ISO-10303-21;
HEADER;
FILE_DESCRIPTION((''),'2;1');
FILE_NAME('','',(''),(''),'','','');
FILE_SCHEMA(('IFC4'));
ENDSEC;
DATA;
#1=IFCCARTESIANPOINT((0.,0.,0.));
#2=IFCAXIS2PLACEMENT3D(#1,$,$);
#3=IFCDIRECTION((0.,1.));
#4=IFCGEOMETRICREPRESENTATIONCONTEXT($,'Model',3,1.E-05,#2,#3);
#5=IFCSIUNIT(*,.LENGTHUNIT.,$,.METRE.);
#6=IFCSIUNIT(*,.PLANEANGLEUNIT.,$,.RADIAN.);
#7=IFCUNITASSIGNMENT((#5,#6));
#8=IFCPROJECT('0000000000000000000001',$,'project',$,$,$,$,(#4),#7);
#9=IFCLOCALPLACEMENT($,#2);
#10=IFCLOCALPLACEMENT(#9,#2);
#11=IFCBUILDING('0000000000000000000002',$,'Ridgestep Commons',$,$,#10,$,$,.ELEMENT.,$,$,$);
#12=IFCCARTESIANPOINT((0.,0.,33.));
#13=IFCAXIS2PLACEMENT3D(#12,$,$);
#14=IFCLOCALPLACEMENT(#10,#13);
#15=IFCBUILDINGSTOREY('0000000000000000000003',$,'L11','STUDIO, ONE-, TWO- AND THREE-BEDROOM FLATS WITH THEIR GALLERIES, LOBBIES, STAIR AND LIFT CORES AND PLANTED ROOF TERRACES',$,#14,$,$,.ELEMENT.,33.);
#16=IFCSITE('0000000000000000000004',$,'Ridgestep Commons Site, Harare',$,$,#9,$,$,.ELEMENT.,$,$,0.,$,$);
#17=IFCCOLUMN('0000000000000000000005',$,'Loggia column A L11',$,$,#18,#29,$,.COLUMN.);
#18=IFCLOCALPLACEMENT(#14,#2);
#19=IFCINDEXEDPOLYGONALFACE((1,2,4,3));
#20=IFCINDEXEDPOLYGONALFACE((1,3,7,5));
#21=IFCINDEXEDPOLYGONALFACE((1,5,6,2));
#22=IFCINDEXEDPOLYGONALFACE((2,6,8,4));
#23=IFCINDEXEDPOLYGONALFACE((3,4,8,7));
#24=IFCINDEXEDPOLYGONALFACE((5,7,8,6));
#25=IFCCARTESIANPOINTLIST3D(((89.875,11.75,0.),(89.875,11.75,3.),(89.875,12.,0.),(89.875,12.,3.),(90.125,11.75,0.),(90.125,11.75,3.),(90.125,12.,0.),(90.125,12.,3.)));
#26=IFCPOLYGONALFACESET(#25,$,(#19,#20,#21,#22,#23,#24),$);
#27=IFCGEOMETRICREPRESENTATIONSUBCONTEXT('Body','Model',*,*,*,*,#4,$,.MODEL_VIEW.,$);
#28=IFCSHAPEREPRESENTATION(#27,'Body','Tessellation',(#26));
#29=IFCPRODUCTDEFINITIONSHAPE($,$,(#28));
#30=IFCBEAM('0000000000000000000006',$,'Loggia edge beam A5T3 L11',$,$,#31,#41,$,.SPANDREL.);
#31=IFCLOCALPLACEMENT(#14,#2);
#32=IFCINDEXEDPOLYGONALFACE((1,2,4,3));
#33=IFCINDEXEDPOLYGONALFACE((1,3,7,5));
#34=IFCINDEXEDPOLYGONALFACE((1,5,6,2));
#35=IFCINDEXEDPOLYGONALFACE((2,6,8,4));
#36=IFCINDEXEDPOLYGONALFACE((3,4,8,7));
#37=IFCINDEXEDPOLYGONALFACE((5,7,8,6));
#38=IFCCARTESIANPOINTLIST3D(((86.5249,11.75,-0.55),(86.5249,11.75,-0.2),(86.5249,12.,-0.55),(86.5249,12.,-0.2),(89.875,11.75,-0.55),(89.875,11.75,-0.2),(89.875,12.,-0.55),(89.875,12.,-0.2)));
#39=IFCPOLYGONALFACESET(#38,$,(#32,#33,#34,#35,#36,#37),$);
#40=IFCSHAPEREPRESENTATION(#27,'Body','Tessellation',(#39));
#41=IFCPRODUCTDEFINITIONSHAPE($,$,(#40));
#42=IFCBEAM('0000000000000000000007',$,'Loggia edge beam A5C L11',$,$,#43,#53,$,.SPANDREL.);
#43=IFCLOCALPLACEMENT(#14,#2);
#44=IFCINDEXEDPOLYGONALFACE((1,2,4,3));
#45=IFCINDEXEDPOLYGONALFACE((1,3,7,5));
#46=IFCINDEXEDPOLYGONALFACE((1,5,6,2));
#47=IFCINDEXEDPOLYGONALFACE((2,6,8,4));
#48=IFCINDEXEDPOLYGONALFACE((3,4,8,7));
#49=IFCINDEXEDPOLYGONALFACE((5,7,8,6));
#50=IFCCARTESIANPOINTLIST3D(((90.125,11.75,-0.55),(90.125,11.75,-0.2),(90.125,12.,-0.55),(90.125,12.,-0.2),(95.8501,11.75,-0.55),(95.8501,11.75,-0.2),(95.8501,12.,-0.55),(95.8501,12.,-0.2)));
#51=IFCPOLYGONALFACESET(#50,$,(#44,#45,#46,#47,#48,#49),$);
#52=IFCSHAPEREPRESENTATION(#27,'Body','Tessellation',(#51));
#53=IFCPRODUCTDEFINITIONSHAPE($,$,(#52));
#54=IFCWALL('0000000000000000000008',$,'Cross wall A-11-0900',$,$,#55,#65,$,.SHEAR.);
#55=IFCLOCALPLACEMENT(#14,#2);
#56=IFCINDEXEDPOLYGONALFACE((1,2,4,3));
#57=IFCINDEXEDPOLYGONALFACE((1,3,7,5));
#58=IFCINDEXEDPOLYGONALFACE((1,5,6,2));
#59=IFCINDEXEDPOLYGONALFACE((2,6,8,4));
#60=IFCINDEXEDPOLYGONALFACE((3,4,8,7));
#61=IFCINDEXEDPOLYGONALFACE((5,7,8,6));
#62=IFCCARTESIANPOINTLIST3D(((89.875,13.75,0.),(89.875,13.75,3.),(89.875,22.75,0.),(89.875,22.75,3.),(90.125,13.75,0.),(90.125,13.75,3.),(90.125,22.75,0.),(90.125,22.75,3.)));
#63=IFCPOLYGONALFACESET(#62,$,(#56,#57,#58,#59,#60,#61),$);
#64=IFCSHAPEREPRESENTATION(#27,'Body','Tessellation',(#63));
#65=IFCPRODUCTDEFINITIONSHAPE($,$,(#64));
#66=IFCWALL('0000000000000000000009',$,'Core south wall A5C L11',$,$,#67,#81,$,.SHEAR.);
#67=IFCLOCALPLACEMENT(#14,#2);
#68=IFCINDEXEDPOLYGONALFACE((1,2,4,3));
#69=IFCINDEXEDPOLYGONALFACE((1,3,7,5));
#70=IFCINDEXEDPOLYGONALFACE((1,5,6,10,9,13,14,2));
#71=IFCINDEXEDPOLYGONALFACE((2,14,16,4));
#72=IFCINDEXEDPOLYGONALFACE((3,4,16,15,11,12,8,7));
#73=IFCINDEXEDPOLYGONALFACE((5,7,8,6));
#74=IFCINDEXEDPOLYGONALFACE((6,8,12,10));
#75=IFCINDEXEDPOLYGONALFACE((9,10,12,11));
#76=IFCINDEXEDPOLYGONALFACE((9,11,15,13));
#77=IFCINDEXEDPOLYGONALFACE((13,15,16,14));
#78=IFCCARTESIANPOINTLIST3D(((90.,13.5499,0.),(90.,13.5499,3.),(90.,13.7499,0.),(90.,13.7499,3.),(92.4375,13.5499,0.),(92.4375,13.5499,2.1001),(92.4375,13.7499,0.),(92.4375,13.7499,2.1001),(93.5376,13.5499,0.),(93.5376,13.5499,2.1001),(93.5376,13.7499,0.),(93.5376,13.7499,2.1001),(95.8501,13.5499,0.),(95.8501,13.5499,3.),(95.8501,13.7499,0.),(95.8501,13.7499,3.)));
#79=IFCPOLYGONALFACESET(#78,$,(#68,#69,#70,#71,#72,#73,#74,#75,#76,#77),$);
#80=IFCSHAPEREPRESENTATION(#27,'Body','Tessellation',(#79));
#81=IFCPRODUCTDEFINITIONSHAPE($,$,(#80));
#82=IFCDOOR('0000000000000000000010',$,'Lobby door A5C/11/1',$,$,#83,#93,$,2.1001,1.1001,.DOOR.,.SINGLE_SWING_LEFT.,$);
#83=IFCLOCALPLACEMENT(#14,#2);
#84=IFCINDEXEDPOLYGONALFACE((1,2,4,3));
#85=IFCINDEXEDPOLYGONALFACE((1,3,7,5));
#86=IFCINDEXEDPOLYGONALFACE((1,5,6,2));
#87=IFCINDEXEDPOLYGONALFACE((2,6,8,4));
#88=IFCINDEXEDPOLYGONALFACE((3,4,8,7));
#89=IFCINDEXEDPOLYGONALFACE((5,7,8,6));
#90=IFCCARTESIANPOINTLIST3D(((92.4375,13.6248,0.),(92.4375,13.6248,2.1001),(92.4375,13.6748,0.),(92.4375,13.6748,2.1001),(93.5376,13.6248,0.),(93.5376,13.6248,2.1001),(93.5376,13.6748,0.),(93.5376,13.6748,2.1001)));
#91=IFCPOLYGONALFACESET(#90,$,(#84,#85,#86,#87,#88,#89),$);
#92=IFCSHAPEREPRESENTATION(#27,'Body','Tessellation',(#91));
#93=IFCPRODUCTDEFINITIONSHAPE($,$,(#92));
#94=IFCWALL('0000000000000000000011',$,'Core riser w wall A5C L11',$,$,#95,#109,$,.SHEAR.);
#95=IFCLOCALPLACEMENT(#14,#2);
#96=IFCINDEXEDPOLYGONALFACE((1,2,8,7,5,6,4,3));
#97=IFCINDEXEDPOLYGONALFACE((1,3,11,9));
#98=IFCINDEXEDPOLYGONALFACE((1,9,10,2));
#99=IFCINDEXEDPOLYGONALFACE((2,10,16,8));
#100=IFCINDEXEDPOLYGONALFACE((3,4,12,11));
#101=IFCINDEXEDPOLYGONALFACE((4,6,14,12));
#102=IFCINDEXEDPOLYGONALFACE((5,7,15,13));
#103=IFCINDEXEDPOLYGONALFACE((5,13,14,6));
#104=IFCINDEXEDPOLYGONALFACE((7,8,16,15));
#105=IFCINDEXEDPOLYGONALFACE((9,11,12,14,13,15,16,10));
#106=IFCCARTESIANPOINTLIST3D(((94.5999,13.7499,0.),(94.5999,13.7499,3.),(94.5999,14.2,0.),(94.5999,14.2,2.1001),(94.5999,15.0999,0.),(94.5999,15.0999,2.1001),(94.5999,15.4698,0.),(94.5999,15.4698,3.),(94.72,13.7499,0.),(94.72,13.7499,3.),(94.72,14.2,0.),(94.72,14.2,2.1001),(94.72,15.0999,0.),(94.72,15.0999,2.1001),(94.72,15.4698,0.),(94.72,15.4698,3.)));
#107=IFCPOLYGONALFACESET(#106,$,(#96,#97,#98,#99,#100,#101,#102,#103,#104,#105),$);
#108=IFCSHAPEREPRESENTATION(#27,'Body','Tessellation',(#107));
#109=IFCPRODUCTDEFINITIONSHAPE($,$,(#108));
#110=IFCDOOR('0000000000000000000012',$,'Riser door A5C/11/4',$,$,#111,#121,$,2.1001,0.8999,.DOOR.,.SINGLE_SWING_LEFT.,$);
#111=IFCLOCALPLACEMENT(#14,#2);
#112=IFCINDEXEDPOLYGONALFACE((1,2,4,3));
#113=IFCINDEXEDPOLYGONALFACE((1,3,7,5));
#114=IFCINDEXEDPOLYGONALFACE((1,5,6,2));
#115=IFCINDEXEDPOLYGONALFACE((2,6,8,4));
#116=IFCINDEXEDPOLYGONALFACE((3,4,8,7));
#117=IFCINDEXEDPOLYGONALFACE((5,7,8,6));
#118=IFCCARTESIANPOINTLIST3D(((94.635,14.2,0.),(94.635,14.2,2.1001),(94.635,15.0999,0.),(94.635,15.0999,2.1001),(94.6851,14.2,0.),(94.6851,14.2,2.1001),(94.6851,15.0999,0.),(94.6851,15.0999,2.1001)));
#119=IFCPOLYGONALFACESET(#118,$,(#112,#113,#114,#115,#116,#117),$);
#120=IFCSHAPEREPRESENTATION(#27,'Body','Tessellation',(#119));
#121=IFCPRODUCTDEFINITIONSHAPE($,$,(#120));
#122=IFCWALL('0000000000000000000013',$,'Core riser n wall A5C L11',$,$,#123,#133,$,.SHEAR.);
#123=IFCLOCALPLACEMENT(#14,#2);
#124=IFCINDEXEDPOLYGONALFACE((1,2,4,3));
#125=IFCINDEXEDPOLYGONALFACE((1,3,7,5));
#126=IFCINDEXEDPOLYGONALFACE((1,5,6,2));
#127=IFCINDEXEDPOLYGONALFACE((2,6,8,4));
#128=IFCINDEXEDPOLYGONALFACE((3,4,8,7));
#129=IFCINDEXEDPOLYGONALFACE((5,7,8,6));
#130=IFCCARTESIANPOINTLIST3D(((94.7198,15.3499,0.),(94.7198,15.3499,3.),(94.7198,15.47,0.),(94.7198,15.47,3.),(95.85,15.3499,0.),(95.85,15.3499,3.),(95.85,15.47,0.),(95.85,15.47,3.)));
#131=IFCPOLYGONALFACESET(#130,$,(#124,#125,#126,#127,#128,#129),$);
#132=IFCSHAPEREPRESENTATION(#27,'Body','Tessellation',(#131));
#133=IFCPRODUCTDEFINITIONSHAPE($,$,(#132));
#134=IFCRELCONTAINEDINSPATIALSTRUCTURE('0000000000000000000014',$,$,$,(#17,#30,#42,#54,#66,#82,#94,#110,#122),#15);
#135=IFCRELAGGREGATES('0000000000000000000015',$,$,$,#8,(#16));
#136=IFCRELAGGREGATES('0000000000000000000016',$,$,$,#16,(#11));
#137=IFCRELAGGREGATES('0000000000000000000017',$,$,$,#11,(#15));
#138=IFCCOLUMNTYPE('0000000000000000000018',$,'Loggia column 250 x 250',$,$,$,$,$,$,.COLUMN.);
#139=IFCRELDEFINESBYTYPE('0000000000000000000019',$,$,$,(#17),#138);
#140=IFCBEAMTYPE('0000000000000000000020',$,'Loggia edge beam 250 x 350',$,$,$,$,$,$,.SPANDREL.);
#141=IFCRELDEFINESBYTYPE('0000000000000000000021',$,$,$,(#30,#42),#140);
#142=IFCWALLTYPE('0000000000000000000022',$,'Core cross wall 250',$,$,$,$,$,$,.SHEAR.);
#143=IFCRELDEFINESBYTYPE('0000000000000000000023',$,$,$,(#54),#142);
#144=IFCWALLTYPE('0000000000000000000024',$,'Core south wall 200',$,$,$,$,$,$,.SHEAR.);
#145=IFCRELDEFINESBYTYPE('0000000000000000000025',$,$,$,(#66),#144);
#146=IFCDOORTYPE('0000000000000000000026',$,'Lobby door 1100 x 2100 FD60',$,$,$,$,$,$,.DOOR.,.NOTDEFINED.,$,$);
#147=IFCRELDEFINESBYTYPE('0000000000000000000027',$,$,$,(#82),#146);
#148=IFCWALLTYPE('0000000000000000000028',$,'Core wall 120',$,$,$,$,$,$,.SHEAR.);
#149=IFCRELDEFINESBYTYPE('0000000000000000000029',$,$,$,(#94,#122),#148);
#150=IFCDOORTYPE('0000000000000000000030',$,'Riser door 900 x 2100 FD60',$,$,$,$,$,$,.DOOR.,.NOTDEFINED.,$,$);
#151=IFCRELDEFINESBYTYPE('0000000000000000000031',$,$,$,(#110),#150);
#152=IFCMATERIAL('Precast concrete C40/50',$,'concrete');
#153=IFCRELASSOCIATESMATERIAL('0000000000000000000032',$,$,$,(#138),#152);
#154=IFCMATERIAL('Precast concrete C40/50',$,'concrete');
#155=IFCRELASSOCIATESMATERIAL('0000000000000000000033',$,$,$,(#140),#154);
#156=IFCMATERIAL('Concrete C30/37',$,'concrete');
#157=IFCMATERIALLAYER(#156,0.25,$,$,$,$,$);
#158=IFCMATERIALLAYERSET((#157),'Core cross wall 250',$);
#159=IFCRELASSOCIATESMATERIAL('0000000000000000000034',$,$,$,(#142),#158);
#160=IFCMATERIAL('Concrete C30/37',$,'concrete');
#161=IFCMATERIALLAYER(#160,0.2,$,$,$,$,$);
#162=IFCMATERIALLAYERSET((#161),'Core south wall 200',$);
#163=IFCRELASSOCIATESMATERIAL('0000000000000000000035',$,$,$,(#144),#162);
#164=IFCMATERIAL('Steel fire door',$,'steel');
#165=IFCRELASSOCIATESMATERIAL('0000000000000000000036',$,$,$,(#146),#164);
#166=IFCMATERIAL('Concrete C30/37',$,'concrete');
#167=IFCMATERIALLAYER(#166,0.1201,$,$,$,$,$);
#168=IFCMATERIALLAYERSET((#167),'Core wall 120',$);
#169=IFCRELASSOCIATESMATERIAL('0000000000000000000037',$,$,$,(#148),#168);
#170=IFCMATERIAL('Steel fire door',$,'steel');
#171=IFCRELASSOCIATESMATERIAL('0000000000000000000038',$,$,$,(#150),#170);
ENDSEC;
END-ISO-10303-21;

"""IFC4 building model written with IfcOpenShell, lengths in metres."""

from ifc_helpers import new_model, si_unit, direction, frame, frame_2d, origin, origin_2d, place, context, subcontext, project, spatial, rectangle, extrude, material, layer, layer_set, material_profile, profile_set, type_object, element, fill, save


model = new_model("IFC4")

# Units and contexts
model_context = context("Model", 3, precision=1e-05, world=origin(), true_north=direction((0.0, 1.0)))
body_context = subcontext(model_context, "Body", "Model", "MODEL_VIEW")
ifc_project = project(units=[si_unit("LENGTHUNIT", "METRE"), si_unit("PLANEANGLEUNIT", "RADIAN")], contexts=[model_context])

# Site, building, storey
site_placement = place(None, origin())
site = spatial("IfcSite", under=ifc_project, at=site_placement, Name="Ridgestep Commons Site, Harare", CompositionType="ELEMENT", RefElevation=0.0)
building_placement = place(site_placement, origin())
building = spatial("IfcBuilding", under=site, at=building_placement, Name="Ridgestep Commons", CompositionType="ELEMENT")
storey_placement = place(building_placement, frame((0.0, 0.0, 33.0)))
storey = spatial("IfcBuildingStorey", under=building, at=storey_placement, Name="L11", Description="STUDIO, ONE-, TWO- AND THREE-BEDROOM FLATS WITH THEIR GALLERIES, LOBBIES, STAIR AND LIFT CORES AND PLANTED ROOF TERRACES", CompositionType="ELEMENT", Elevation=33.0)

# Column
ifc_material_1 = material(Name="Precast concrete C40/50", Category="concrete")
ifc_material_profile_1 = material_profile(ifc_material_1, rectangle(XDim=0.25, YDim=0.25, at=origin_2d()), Name="PC 250x250")
ifc_profile_set_1 = profile_set([ifc_material_profile_1], Name="Precast concrete C40/50")
column_type = type_object("IfcColumnType", Name="Loggia column 250 x 250", PredefinedType="COLUMN", material=ifc_profile_set_1)
column_placement = place(storey_placement, frame((90.0, 11.875, 0.0), z_axis=(0.0, 0.0, 1.0), x_axis=(1.0, 0.0, 0.0)))
element("IfcColumn", 1, at=column_placement, inside=storey, type_object=column_type, Name="Loggia column A L11", PredefinedType="COLUMN", context=body_context, shape_type="SweptSolid", body=[
    extrude(rectangle(XDim=0.25, YDim=0.25, at=origin_2d()), origin(), (0.0, 0.0, 1.0), 3.0),
])

# Beams
ifc_material_2 = material(Name="Precast concrete C40/50", Category="concrete")
ifc_material_profile_2 = material_profile(ifc_material_2, rectangle(XDim=0.25, YDim=0.3501, at=origin_2d()), Name="PC 250x350")
ifc_profile_set_2 = profile_set([ifc_material_profile_2], Name="Precast concrete C40/50")
beam_type = type_object("IfcBeamType", Name="Loggia edge beam 250 x 350", PredefinedType="SPANDREL", material=ifc_profile_set_2)
beam_1_placement = place(storey_placement, frame((86.5249, 11.875, -0.375), z_axis=(1.0, 0.0, 0.0), x_axis=(0.0, 1.0, 0.0)))
element("IfcBeam", 2, at=beam_1_placement, inside=storey, type_object=beam_type, Name="Loggia edge beam A5T3 L11", PredefinedType="SPANDREL", context=body_context, shape_type="SweptSolid", body=[
    extrude(rectangle(XDim=0.25, YDim=0.3501, at=origin_2d()), origin(), (0.0, 0.0, 1.0), 3.3501),
])
beam_2_placement = place(storey_placement, frame((90.125, 11.875, -0.375), z_axis=(1.0, 0.0, 0.0), x_axis=(0.0, 1.0, 0.0)))
element("IfcBeam", 3, at=beam_2_placement, inside=storey, type_object=beam_type, Name="Loggia edge beam A5C L11", PredefinedType="SPANDREL", context=body_context, shape_type="SweptSolid", body=[
    extrude(rectangle(XDim=0.25, YDim=0.3501, at=origin_2d()), origin(), (0.0, 0.0, 1.0), 5.7251),
])

# Wall
ifc_material_3 = material(Name="Concrete C30/37", Category="concrete")
ifc_layer_1 = layer(ifc_material_3, 0.25)
ifc_layer_set_1 = layer_set([ifc_layer_1], Name="Core cross wall 250")
wall_type_1 = type_object("IfcWallType", Name="Core cross wall 250", PredefinedType="SHEAR", material=ifc_layer_set_1)
wall_1_placement = place(storey_placement, frame((90.0, 13.75, 0.0), z_axis=(0.0, 0.0, 1.0), x_axis=(0.0, 1.0, 0.0)))
element("IfcWall", 4, at=wall_1_placement, inside=storey, type_object=wall_type_1, Name="Cross wall A-11-0900", PredefinedType="SHEAR", context=body_context, shape_type="SweptSolid", body=[
    extrude(rectangle(XDim=9.0, YDim=0.25, at=frame_2d((4.5, 0.0))), origin(), (0.0, 0.0, 1.0), 3.0),
])

# Walls, openings, doors
ifc_material_4 = material(Name="Concrete C30/37", Category="concrete")
ifc_layer_2 = layer(ifc_material_4, 0.2)
ifc_layer_set_2 = layer_set([ifc_layer_2], Name="Core south wall 200")
wall_type_2 = type_object("IfcWallType", Name="Core south wall 200", PredefinedType="SHEAR", material=ifc_layer_set_2)
wall_2_placement = place(storey_placement, frame((90.0, 13.6499, 0.0), z_axis=(0.0, 0.0, 1.0), x_axis=(1.0, 0.0, 0.0)))
wall_2 = element("IfcWall", 5, at=wall_2_placement, inside=storey, type_object=wall_type_2, Name="Core south wall A5C L11", PredefinedType="SHEAR", context=body_context, shape_type="SweptSolid", body=[
    extrude(rectangle(XDim=5.8501, YDim=0.2, at=frame_2d((2.925, 0.0))), origin(), (0.0, 0.0, 1.0), 3.0),
])
opening_1_placement = place(wall_2_placement, frame((2.4375, 0.0, 0.0)))
opening_1 = element("IfcOpeningElement", 6, at=opening_1_placement, cuts=wall_2, PredefinedType="OPENING", context=body_context, shape_type="SweptSolid", body=[
    extrude(rectangle(XDim=1.1001, YDim=2.1001, at=frame_2d((0.55, 1.05))), frame((0.0, 0.1099, 0.0), z_axis=(0.0, -1.0, 0.0), x_axis=(1.0, 0.0, 0.0)), (0.0, 0.0, 1.0), 0.22),
])
ifc_material_5 = material(Name="Steel fire door", Category="steel")
door_type_1 = type_object("IfcDoorType", Name="Lobby door 1100 x 2100 FD60", OperationType="NOTDEFINED", PredefinedType="DOOR", material=ifc_material_5)
door_1_placement = place(opening_1_placement, origin())
door_1 = element("IfcDoor", 7, at=door_1_placement, inside=storey, type_object=door_type_1, Name="Lobby door A5C/11/1", OperationType="SINGLE_SWING_LEFT", OverallHeight=2.1001, OverallWidth=1.1001, PredefinedType="DOOR", context=body_context, shape_type="SweptSolid", body=[
    extrude(rectangle(XDim=1.1001, YDim=2.1001, at=frame_2d((0.55, 1.05))), frame((0.0, 0.0249, 0.0), z_axis=(0.0, -1.0, 0.0), x_axis=(1.0, 0.0, 0.0)), (0.0, 0.0, 1.0), 0.05),
])
fill(opening_1, door_1)
ifc_material_6 = material(Name="Concrete C30/37", Category="concrete")
ifc_layer_3 = layer(ifc_material_6, 0.1201)
ifc_layer_set_3 = layer_set([ifc_layer_3], Name="Core wall 120")
wall_type_3 = type_object("IfcWallType", Name="Core wall 120", PredefinedType="SHEAR", material=ifc_layer_set_3)
wall_3_placement = place(storey_placement, frame((94.6599, 13.75, 0.0), z_axis=(0.0, 0.0, 1.0), x_axis=(0.0, 1.0, 0.0)))
wall_3 = element("IfcWall", 8, at=wall_3_placement, inside=storey, type_object=wall_type_3, Name="Core riser w wall A5C L11", PredefinedType="SHEAR", context=body_context, shape_type="SweptSolid", body=[
    extrude(rectangle(XDim=1.72, YDim=0.1201, at=frame_2d((0.8599, 0.0))), origin(), (0.0, 0.0, 1.0), 3.0),
])
opening_2_placement = place(wall_3_placement, frame((0.45, 0.0, 0.0)))
opening_2 = element("IfcOpeningElement", 9, at=opening_2_placement, cuts=wall_3, PredefinedType="OPENING", context=body_context, shape_type="SweptSolid", body=[
    extrude(rectangle(XDim=0.8999, YDim=2.1001, at=frame_2d((0.45, 1.05))), frame((0.0, 0.0701, 0.0), z_axis=(0.0, -1.0, 0.0), x_axis=(1.0, 0.0, 0.0)), (0.0, 0.0, 1.0), 0.1401),
])
ifc_material_7 = material(Name="Steel fire door", Category="steel")
door_type_2 = type_object("IfcDoorType", Name="Riser door 900 x 2100 FD60", OperationType="NOTDEFINED", PredefinedType="DOOR", material=ifc_material_7)
door_2_placement = place(opening_2_placement, origin())
door_2 = element("IfcDoor", 10, at=door_2_placement, inside=storey, type_object=door_type_2, Name="Riser door A5C/11/4", OperationType="SINGLE_SWING_LEFT", OverallHeight=2.1001, OverallWidth=0.8999, PredefinedType="DOOR", context=body_context, shape_type="SweptSolid", body=[
    extrude(rectangle(XDim=0.8999, YDim=2.1001, at=frame_2d((0.45, 1.05))), frame((0.0, 0.0249, 0.0), z_axis=(0.0, -1.0, 0.0), x_axis=(1.0, 0.0, 0.0)), (0.0, 0.0, 1.0), 0.05),
])
fill(opening_2, door_2)

# Wall
wall_4_placement = place(storey_placement, frame((94.72, 15.4099, 0.0), z_axis=(0.0, 0.0, 1.0), x_axis=(1.0, 0.0, 0.0)))
element("IfcWall", 11, at=wall_4_placement, inside=storey, type_object=wall_type_3, Name="Core riser n wall A5C L11", PredefinedType="SHEAR", context=body_context, shape_type="SweptSolid", body=[
    extrude(rectangle(XDim=1.1301, YDim=0.1201, at=frame_2d((0.5649, 0.0))), origin(), (0.0, 0.0, 1.0), 3.0),
])

save(model, "model.ifc")
